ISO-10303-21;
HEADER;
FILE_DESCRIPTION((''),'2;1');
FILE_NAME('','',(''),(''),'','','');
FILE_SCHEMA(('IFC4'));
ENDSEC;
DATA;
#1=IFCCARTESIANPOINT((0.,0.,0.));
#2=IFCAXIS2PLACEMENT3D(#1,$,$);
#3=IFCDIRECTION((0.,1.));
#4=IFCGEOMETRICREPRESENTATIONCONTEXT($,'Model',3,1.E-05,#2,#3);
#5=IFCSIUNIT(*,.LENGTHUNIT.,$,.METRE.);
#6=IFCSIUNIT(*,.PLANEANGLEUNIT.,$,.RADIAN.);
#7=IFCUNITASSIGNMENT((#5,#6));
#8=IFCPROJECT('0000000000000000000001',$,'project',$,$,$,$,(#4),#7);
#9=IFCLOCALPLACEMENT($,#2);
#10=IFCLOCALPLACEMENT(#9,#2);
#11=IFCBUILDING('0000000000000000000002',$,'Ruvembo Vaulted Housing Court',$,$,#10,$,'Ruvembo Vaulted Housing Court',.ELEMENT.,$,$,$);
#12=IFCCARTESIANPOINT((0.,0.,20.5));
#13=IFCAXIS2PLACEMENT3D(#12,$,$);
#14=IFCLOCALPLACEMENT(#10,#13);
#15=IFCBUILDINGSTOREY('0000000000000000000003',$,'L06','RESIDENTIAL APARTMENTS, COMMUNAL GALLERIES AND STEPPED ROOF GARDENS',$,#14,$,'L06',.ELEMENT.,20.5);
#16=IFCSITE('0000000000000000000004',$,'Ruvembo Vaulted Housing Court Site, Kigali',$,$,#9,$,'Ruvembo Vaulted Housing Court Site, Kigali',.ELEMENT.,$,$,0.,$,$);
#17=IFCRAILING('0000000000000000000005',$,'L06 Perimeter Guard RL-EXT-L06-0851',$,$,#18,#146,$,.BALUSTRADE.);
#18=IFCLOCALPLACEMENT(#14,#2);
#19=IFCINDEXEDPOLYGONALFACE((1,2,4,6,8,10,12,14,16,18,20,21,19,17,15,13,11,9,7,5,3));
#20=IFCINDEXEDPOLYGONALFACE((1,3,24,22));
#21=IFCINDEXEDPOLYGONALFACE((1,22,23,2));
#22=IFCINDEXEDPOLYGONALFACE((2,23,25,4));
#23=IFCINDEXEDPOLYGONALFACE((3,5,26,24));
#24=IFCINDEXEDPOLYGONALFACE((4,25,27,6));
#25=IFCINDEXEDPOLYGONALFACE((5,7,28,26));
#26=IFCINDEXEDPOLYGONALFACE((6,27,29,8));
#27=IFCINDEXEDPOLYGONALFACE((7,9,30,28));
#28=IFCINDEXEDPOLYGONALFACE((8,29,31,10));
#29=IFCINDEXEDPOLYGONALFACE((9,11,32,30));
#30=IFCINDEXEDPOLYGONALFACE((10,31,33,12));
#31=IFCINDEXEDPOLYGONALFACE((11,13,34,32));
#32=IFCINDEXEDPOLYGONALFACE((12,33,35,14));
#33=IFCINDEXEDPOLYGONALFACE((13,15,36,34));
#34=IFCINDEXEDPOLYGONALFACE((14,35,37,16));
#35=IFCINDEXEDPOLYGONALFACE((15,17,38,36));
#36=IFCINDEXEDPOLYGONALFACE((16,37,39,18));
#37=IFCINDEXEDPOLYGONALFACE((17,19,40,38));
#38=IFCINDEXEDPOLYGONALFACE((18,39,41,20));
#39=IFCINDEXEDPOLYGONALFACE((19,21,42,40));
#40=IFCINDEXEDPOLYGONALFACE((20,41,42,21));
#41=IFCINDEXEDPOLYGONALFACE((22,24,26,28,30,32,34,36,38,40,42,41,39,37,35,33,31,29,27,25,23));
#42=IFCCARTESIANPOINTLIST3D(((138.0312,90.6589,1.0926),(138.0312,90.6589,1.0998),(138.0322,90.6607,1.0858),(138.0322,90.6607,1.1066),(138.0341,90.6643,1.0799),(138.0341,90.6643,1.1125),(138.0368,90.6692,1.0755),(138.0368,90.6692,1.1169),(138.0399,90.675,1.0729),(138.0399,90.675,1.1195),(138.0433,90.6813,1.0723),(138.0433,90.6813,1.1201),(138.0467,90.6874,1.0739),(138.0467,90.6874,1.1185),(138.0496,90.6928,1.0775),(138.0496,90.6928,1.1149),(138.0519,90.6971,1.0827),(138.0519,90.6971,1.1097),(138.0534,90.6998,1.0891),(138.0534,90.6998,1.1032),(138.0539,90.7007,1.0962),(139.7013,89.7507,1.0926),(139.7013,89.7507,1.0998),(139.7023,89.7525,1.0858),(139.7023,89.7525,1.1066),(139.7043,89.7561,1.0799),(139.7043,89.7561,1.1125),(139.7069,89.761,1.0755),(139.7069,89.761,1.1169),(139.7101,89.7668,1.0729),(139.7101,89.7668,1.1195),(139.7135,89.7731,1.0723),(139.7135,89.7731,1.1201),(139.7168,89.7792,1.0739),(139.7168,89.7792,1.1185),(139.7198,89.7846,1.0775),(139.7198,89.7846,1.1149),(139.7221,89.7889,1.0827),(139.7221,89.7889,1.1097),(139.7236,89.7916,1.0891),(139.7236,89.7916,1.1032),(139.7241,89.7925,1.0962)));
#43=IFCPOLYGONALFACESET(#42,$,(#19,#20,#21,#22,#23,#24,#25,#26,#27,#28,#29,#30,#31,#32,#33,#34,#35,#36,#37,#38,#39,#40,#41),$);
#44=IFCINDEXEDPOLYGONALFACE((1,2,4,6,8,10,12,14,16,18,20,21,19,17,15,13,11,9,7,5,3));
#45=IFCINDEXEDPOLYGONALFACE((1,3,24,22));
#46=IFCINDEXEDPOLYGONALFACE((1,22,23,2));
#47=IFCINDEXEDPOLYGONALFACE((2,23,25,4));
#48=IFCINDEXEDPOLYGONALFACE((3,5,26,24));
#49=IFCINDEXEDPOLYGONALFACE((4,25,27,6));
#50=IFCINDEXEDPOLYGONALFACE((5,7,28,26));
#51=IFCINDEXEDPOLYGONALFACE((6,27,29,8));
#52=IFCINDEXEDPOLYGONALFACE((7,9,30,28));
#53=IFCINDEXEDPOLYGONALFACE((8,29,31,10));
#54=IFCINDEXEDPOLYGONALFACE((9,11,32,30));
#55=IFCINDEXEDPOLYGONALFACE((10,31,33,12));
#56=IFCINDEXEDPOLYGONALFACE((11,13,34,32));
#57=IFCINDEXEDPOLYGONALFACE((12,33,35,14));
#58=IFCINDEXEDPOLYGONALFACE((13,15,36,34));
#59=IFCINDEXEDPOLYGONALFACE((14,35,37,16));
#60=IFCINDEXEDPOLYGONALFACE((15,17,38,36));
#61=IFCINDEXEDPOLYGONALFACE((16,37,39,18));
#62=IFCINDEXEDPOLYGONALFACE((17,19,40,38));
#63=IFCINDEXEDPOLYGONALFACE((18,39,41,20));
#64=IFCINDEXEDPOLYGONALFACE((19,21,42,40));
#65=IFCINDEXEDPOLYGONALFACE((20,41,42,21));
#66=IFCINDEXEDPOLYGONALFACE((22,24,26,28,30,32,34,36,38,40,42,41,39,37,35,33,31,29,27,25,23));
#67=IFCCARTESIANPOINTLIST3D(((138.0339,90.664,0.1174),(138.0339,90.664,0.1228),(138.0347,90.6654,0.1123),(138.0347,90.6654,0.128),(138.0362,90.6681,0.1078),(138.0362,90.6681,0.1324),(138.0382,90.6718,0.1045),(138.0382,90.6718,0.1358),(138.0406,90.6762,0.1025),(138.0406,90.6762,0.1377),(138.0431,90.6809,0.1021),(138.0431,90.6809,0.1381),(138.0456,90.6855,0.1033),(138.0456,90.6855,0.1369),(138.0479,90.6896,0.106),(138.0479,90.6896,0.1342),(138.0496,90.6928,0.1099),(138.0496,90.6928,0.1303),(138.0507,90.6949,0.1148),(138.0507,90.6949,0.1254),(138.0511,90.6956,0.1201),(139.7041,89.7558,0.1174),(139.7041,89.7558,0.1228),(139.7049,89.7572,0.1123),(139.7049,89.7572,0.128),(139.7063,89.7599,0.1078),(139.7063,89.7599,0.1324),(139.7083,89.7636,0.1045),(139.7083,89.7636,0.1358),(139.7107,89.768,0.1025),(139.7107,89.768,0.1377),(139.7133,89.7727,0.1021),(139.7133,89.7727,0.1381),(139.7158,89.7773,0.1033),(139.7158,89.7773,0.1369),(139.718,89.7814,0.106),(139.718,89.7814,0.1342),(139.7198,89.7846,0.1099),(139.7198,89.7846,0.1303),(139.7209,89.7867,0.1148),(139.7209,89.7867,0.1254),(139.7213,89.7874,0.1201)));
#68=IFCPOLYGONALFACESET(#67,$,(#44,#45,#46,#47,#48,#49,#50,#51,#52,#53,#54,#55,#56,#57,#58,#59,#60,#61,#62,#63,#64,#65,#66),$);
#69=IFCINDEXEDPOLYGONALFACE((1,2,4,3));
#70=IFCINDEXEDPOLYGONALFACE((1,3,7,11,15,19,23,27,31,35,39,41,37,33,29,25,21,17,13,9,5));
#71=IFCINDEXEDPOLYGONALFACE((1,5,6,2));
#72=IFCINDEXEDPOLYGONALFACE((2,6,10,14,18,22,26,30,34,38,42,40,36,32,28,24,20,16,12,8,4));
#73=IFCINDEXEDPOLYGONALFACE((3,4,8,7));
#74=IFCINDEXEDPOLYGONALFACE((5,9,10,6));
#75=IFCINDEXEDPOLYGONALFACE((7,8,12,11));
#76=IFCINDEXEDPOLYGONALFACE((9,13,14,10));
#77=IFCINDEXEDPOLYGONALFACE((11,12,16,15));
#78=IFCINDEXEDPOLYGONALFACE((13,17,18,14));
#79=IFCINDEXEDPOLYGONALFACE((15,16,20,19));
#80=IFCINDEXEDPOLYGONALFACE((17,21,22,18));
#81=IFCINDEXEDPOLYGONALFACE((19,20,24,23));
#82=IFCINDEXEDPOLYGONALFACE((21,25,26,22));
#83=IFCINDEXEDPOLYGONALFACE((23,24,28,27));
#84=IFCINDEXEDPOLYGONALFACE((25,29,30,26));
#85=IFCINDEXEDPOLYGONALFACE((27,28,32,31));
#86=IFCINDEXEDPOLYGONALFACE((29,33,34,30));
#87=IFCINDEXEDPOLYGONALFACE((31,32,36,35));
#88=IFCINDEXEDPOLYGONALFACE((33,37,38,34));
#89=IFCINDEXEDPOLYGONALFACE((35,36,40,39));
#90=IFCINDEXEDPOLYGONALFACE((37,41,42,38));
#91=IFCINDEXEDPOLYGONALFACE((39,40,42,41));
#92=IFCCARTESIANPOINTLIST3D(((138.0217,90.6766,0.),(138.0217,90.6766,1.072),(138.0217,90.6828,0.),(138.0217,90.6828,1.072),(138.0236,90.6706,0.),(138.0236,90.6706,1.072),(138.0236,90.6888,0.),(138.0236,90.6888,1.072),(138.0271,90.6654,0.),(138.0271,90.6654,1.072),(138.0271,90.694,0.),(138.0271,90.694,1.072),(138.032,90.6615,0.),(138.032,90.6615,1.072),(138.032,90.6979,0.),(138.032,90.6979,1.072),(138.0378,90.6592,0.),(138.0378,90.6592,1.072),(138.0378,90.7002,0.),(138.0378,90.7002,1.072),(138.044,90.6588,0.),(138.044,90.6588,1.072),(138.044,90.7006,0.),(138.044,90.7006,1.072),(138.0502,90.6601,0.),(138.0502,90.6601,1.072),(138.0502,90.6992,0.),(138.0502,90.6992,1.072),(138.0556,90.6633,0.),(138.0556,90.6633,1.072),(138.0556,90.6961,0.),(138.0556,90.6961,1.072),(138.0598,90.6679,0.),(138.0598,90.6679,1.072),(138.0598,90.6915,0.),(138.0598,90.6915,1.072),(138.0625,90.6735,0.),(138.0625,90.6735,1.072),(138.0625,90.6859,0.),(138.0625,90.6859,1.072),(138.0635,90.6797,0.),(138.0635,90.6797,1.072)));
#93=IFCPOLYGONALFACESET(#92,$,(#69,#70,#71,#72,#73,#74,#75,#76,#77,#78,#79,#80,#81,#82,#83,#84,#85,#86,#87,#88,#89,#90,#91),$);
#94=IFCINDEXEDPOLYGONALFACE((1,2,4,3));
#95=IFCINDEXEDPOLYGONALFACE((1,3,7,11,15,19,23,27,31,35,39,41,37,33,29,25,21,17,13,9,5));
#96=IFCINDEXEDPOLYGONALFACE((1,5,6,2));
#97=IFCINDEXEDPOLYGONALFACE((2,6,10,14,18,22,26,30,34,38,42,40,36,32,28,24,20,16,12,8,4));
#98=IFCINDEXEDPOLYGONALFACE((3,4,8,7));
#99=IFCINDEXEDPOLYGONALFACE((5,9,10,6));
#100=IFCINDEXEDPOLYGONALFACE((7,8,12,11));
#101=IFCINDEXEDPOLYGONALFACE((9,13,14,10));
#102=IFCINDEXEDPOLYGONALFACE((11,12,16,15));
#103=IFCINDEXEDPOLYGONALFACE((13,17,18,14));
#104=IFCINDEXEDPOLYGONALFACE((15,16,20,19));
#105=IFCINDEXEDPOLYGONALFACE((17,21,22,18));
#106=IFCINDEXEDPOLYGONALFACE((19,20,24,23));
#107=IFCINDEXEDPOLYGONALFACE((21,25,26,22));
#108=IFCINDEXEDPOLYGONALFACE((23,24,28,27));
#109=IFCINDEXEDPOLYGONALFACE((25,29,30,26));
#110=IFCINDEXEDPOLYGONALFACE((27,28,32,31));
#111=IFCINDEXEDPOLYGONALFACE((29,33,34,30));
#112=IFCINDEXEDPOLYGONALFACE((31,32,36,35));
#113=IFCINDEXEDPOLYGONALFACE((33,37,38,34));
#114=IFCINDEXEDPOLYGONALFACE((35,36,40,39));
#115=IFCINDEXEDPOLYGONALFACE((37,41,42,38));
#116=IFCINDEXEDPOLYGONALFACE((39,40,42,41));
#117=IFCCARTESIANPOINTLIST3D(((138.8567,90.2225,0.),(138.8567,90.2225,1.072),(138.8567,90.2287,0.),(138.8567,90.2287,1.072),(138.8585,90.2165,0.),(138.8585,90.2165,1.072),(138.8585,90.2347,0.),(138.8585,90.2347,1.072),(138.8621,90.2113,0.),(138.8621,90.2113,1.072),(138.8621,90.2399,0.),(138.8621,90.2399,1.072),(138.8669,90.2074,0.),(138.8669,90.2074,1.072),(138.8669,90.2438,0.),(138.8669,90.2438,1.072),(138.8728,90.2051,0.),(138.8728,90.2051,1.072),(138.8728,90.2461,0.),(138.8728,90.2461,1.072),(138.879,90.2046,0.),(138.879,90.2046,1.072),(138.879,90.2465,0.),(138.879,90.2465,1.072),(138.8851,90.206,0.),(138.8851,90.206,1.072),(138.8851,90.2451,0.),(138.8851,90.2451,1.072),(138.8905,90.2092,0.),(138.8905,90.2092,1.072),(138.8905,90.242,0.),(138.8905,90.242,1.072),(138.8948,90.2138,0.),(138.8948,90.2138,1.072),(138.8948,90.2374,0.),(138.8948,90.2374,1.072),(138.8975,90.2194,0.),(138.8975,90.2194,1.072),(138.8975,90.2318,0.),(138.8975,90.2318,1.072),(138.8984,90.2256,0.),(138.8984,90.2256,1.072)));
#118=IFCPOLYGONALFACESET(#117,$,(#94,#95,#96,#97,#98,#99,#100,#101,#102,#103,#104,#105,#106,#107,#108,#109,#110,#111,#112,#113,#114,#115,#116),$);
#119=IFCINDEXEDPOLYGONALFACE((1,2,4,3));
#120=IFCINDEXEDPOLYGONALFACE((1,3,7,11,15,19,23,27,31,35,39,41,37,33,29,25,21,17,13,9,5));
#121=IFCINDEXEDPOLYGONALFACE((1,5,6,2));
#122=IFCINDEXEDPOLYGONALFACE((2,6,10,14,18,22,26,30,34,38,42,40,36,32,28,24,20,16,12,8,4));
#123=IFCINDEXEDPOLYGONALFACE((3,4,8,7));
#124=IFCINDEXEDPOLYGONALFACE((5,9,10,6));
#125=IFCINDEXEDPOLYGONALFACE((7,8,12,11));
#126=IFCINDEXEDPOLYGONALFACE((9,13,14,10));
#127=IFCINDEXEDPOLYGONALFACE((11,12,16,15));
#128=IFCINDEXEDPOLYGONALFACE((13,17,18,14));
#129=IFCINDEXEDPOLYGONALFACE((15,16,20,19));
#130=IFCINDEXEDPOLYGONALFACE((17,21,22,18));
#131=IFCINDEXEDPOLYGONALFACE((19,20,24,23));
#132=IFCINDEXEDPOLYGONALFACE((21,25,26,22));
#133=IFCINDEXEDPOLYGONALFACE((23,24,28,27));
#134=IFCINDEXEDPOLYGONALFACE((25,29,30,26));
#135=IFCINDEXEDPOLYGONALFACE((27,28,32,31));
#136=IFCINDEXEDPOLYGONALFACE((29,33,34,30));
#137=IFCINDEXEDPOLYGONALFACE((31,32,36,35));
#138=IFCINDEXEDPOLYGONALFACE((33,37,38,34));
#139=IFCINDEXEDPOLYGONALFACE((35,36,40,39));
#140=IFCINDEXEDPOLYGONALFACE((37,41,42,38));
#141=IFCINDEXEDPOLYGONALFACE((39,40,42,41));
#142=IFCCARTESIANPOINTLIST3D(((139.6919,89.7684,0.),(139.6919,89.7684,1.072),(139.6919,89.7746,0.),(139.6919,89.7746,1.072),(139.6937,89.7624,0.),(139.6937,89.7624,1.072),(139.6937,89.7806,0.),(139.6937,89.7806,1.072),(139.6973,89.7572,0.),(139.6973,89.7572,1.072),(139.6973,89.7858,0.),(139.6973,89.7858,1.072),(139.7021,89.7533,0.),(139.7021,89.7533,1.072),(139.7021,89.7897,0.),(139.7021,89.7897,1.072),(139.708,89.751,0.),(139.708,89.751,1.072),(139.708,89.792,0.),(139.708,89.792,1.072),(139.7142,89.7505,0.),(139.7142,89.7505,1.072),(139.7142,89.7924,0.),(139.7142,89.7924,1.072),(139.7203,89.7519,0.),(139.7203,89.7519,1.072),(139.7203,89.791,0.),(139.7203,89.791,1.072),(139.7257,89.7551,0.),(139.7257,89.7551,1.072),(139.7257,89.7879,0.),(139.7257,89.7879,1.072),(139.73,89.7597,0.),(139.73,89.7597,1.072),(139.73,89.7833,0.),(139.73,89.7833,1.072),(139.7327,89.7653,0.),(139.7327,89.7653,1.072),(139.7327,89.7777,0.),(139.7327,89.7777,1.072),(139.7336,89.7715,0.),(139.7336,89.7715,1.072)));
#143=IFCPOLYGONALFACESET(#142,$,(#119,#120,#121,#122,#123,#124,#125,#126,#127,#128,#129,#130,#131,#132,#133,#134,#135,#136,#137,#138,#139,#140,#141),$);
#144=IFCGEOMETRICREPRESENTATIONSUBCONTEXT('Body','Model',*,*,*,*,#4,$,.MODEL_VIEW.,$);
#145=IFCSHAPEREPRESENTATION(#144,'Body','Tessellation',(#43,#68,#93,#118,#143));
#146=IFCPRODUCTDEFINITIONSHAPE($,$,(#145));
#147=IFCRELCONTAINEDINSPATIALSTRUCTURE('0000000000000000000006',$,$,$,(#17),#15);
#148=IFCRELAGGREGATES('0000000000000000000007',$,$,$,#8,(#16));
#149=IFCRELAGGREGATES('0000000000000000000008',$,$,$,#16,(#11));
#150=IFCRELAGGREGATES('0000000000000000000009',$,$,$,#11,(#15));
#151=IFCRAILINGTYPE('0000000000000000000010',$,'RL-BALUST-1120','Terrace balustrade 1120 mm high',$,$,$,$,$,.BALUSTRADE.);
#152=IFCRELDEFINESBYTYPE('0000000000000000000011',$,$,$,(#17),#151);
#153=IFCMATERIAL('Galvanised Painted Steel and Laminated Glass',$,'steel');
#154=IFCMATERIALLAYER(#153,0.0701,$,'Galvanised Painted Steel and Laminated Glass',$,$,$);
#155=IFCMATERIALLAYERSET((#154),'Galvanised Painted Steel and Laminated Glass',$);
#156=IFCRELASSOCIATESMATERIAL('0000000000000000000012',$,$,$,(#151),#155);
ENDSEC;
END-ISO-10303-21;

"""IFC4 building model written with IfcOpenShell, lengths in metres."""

from ifc_helpers import new_model, si_unit, direction, frame, origin, origin_2d, place, context, subcontext, project, spatial, circle, extrude, material, layer, layer_set, type_object, element, save


model = new_model("IFC4")

# Units and contexts
model_context = context("Model", 3, precision=1e-05, world=origin(), true_north=direction((0.0, 1.0)))
body_context = subcontext(model_context, "Body", "Model", "MODEL_VIEW")
ifc_project = project(units=[si_unit("LENGTHUNIT", "METRE"), si_unit("PLANEANGLEUNIT", "RADIAN")], contexts=[model_context])

# Site, building, storey
site_placement = place(None, origin())
site = spatial("IfcSite", under=ifc_project, at=site_placement, Name="Ruvembo Vaulted Housing Court Site, Kigali", LongName="Ruvembo Vaulted Housing Court Site, Kigali", CompositionType="ELEMENT", RefElevation=0.0)
building_placement = place(site_placement, origin())
building = spatial("IfcBuilding", under=site, at=building_placement, Name="Ruvembo Vaulted Housing Court", LongName="Ruvembo Vaulted Housing Court", CompositionType="ELEMENT")
storey_placement = place(building_placement, frame((0.0, 0.0, 20.5)))
storey = spatial("IfcBuildingStorey", under=building, at=storey_placement, Name="L06", Description="RESIDENTIAL APARTMENTS, COMMUNAL GALLERIES AND STEPPED ROOF GARDENS", LongName="L06", CompositionType="ELEMENT", Elevation=20.5)

# Railing
ifc_material_1 = material(Name="Galvanised Painted Steel and Laminated Glass", Category="steel")
ifc_layer = layer(ifc_material_1, 0.0701, Name="Galvanised Painted Steel and Laminated Glass")
ifc_layer_set = layer_set([ifc_layer], Name="Galvanised Painted Steel and Laminated Glass")
railing_type = type_object("IfcRailingType", Name="RL-BALUST-1120", Description="Terrace balustrade 1120 mm high", PredefinedType="BALUSTRADE", material=ifc_layer_set)
railing_1_placement = place(storey_placement, frame((138.0425, 90.6797, 0.0)))
element("IfcRailing", 1, at=railing_1_placement, inside=storey, type_object=railing_type, Name="L06 Perimeter Guard RL-EXT-L06-0851", PredefinedType="BALUSTRADE", context=body_context, shape_type="SweptSolid", body=[
    extrude(circle(Radius=0.0239, at=origin_2d()), frame((0.0, 0.0, 1.0962), z_axis=(0.878513, -0.477718, 0.0), x_axis=(0.477718, 0.878513, 0.0)), (0.0, 0.0, 1.0), 1.9011),
    extrude(circle(Radius=0.0181, at=origin_2d()), frame((0.0, 0.0, 0.1201), z_axis=(0.878513, -0.477718, 0.0), x_axis=(0.477718, 0.878513, 0.0)), (0.0, 0.0, 1.0), 1.9011),
    extrude(circle(Radius=0.021, at=origin_2d()), origin(), (0.0, 0.0, 1.0), 1.072),
    extrude(circle(Radius=0.021, at=origin_2d()), frame((0.835, -0.4541, 0.0)), (0.0, 0.0, 1.0), 1.072),
    extrude(circle(Radius=0.021, at=origin_2d()), frame((1.6702, -0.9082, 0.0)), (0.0, 0.0, 1.0), 1.072),
])

save(model, "model.ifc")
